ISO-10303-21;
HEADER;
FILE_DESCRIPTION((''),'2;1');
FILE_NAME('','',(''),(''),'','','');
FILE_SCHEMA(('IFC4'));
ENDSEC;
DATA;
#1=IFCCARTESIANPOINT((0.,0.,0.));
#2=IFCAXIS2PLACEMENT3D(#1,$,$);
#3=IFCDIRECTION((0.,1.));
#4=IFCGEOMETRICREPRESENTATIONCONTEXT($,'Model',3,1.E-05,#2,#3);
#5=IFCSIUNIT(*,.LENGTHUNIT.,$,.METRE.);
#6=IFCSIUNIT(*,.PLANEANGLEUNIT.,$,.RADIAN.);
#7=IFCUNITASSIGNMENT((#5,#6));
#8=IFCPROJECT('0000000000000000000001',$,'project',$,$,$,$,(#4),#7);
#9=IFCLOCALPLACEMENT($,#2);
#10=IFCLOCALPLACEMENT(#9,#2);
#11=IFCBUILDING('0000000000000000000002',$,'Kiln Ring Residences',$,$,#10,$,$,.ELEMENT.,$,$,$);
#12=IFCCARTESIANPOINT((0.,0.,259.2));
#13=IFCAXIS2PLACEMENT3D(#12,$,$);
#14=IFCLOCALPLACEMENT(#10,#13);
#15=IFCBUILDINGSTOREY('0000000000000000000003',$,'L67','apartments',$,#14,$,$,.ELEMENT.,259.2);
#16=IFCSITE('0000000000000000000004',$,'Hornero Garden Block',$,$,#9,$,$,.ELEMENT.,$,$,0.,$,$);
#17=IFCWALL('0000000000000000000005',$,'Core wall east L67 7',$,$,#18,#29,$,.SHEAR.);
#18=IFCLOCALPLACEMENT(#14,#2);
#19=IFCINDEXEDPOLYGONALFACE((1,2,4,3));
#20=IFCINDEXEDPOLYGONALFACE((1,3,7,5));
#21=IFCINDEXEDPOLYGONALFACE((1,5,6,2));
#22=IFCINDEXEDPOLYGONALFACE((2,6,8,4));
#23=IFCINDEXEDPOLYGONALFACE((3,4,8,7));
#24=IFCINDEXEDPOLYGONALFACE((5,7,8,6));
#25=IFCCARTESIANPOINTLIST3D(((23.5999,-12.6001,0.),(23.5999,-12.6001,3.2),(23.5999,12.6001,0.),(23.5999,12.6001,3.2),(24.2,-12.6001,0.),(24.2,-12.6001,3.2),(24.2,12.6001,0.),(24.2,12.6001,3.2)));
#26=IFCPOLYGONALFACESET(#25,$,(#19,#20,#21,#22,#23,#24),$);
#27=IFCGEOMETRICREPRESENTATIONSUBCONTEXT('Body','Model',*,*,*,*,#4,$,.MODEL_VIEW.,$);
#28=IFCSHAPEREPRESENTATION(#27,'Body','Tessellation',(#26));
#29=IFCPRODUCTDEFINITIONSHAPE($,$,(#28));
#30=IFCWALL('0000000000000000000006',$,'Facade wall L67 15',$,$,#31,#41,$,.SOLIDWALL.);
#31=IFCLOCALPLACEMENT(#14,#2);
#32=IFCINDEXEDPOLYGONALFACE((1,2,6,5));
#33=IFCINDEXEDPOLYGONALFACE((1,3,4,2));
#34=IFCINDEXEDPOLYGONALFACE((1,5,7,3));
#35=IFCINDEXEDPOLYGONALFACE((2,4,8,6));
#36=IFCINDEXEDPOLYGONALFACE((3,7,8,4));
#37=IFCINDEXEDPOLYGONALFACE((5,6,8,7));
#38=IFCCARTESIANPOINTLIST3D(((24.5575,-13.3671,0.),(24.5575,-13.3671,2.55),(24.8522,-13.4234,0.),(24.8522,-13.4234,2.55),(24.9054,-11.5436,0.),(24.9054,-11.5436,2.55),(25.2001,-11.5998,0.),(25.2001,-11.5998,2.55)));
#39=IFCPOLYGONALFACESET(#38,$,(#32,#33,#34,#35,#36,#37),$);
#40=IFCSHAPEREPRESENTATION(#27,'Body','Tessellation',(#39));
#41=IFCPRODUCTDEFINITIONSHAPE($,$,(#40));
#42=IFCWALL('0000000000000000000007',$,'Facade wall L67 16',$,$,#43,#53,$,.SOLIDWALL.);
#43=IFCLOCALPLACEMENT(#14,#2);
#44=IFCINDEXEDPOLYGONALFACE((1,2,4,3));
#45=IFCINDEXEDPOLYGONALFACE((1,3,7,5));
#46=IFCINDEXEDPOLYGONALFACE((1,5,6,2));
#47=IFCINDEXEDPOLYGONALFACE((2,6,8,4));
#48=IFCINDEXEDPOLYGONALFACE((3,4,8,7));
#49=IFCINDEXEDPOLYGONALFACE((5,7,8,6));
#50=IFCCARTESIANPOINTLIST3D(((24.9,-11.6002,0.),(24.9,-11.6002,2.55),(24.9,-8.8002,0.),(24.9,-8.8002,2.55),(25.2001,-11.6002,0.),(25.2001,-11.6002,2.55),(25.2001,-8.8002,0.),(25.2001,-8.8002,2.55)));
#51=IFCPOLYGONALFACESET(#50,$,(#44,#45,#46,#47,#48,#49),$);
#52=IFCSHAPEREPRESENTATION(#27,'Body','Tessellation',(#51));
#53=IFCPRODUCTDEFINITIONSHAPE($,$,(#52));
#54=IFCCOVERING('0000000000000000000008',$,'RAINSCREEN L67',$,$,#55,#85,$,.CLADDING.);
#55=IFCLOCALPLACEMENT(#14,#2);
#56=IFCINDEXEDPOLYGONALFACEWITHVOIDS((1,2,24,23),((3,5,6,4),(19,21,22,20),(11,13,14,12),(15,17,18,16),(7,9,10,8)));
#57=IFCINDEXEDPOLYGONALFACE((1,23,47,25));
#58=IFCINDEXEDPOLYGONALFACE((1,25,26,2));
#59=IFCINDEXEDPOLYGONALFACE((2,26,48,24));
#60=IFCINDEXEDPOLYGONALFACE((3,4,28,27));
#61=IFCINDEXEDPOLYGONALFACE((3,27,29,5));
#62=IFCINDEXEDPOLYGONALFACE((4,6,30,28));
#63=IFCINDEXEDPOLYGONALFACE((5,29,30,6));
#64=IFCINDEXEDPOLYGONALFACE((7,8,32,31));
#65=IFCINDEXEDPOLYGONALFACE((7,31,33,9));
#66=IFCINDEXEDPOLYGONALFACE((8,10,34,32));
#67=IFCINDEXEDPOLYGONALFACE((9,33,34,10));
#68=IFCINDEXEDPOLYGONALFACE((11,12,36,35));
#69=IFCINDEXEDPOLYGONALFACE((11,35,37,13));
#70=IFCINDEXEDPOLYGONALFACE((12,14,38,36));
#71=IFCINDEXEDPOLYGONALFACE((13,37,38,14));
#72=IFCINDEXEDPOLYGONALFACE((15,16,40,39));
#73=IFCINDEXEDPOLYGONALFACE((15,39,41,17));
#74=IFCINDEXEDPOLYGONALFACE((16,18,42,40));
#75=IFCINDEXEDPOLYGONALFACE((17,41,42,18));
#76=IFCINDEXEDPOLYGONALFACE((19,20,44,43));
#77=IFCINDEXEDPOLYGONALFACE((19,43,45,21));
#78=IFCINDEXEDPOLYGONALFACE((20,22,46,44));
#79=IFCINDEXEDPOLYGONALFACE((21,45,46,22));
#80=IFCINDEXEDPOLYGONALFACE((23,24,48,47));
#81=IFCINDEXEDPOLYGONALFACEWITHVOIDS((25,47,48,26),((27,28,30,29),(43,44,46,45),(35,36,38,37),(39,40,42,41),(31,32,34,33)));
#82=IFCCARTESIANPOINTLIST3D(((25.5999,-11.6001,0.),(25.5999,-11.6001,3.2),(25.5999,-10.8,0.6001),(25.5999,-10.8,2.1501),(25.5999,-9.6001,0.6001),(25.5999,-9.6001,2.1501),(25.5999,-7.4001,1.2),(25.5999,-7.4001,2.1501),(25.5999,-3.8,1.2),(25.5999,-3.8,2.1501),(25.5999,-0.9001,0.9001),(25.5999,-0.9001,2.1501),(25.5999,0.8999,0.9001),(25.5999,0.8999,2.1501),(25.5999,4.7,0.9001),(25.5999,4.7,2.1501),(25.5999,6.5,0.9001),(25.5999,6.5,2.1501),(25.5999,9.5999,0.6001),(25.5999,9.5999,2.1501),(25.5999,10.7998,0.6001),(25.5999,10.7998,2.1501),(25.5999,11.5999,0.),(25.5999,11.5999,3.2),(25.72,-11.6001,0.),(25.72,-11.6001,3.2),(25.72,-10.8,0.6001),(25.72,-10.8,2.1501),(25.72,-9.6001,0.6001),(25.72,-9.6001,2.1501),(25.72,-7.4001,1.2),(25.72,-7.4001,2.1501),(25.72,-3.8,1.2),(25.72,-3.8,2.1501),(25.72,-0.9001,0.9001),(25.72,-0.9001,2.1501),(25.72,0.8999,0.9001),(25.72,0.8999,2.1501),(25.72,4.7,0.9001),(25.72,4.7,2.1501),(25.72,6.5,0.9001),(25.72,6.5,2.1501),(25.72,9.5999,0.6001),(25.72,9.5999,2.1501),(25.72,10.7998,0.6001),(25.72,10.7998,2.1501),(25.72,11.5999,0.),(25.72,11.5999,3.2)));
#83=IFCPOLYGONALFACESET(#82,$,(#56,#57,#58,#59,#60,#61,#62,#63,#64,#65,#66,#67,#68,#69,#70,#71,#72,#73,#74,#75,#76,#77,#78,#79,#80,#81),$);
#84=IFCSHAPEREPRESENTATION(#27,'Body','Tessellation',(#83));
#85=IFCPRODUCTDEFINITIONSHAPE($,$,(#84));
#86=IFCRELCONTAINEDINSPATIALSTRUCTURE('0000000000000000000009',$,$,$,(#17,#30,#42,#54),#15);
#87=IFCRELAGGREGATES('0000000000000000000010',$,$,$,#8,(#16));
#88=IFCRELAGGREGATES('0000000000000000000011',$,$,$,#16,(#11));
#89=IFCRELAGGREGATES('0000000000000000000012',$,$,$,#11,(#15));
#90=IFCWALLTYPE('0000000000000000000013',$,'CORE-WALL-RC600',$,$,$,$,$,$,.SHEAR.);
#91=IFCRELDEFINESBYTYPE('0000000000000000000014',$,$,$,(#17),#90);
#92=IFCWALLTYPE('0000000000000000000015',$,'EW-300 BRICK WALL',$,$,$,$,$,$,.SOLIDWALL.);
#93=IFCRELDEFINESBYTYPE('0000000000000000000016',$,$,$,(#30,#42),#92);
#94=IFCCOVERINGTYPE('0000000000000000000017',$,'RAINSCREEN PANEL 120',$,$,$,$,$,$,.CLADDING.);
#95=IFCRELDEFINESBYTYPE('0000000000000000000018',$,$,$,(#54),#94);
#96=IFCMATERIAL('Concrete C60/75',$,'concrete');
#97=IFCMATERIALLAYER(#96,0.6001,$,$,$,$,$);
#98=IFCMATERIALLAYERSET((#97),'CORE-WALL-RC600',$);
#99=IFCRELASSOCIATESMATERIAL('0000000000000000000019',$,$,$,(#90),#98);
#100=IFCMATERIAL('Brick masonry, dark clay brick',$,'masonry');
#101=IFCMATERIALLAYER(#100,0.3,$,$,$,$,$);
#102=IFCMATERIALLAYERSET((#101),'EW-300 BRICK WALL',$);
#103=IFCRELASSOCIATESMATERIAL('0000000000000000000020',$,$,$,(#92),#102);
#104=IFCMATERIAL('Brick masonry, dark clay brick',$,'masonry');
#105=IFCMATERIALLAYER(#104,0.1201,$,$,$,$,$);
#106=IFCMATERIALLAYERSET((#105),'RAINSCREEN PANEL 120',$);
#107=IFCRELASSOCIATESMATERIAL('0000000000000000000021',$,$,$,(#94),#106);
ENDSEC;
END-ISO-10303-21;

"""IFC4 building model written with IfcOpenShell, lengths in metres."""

from ifc_helpers import new_model, si_unit, direction, frame, frame_2d, origin, place, context, subcontext, project, spatial, polyline, rectangle, outline, extrude, material, layer, layer_set, type_object, element, save


model = new_model("IFC4")

# Units and contexts
model_context = context("Model", 3, precision=1e-05, world=origin(), true_north=direction((0.0, 1.0)))
body_context = subcontext(model_context, "Body", "Model", "MODEL_VIEW")
ifc_project = project(units=[si_unit("LENGTHUNIT", "METRE"), si_unit("PLANEANGLEUNIT", "RADIAN")], contexts=[model_context])

# Site, building, storey
site_placement = place(None, origin())
site = spatial("IfcSite", under=ifc_project, at=site_placement, Name="Hornero Garden Block", CompositionType="ELEMENT", RefElevation=0.0)
building_placement = place(site_placement, origin())
building = spatial("IfcBuilding", under=site, at=building_placement, Name="Kiln Ring Residences", CompositionType="ELEMENT")
storey_placement = place(building_placement, frame((0.0, 0.0, 259.2)))
storey = spatial("IfcBuildingStorey", under=building, at=storey_placement, Name="L67", Description="apartments", CompositionType="ELEMENT", Elevation=259.2)

# Walls
ifc_material_1 = material(Name="Concrete C60/75", Category="concrete")
ifc_layer_1 = layer(ifc_material_1, 0.6001)
ifc_layer_set_1 = layer_set([ifc_layer_1], Name="CORE-WALL-RC600")
wall_type_1 = type_object("IfcWallType", Name="CORE-WALL-RC600", PredefinedType="SHEAR", material=ifc_layer_set_1)
wall_1_placement = place(storey_placement, frame((23.8999, -12.6001, 0.0), z_axis=(0.0, 0.0, 1.0), x_axis=(0.0, 1.0, 0.0)))
element("IfcWall", 1, at=wall_1_placement, inside=storey, type_object=wall_type_1, Name="Core wall east L67 7", PredefinedType="SHEAR", context=body_context, shape_type="SweptSolid", body=[
    extrude(rectangle(XDim=25.2002, YDim=0.6001, at=frame_2d((12.6001, 0.0))), origin(), (0.0, 0.0, 1.0), 3.2),
])
ifc_material_2 = material(Name="Brick masonry, dark clay brick", Category="masonry")
ifc_layer_2 = layer(ifc_material_2, 0.3)
ifc_layer_set_2 = layer_set([ifc_layer_2], Name="EW-300 BRICK WALL")
wall_type_2 = type_object("IfcWallType", Name="EW-300 BRICK WALL", PredefinedType="SOLIDWALL", material=ifc_layer_set_2)
wall_2_placement = place(storey_placement, frame((24.7048, -13.3953, 0.0), z_axis=(0.0, 0.0, 1.0), x_axis=(0.187408, 0.982282, 0.0)))
element("IfcWall", 2, at=wall_2_placement, inside=storey, type_object=wall_type_2, Name="Facade wall L67 15", PredefinedType="SOLIDWALL", context=body_context, shape_type="SweptSolid", body=[
    extrude(rectangle(XDim=1.8564, YDim=0.3, at=frame_2d((0.9282, 0.0))), origin(), (0.0, 0.0, 1.0), 2.55),
])
wall_3_placement = place(storey_placement, frame((25.05, -11.6001, 0.0), z_axis=(0.0, 0.0, 1.0), x_axis=(0.0, 1.0, 0.0)))
element("IfcWall", 3, at=wall_3_placement, inside=storey, type_object=wall_type_2, Name="Facade wall L67 16", PredefinedType="SOLIDWALL", context=body_context, shape_type="SweptSolid", body=[
    extrude(rectangle(XDim=2.8, YDim=0.3, at=frame_2d((1.3999, 0.0))), origin(), (0.0, 0.0, 1.0), 2.55),
])

# Covering
ifc_material_3 = material(Name="Brick masonry, dark clay brick", Category="masonry")
ifc_layer_3 = layer(ifc_material_3, 0.1201)
ifc_layer_set_3 = layer_set([ifc_layer_3], Name="RAINSCREEN PANEL 120")
covering_type = type_object("IfcCoveringType", Name="RAINSCREEN PANEL 120", PredefinedType="CLADDING", material=ifc_layer_set_3)
covering_placement = place(storey_placement, frame((25.6599, -11.6001, 0.0), z_axis=(0.0, 0.0, 1.0), x_axis=(0.0, 1.0, 0.0)))
element("IfcCovering", 4, at=covering_placement, inside=storey, type_object=covering_type, Name="RAINSCREEN L67", PredefinedType="CLADDING", context=body_context, shape_type="SweptSolid", body=[
    extrude(outline(polyline([(0.0, 0.0), (23.2, 0.0), (23.2, 3.2), (0.0, 3.2), (0.0, 0.0)]), holes=[polyline([(2.0, 0.6001), (2.0, 2.1501), (0.8, 2.1501), (0.8, 0.6001), (2.0, 0.6001)]), polyline([(22.3999, 0.6001), (22.3999, 2.1501), (21.2, 2.1501), (21.2, 0.6001), (22.3999, 0.6001)]), polyline([(12.5, 0.9001), (12.5, 2.1501), (10.7, 2.1501), (10.7, 0.9001), (12.5, 0.9001)]), polyline([(16.3, 0.9001), (18.1001, 0.9001), (18.1001, 2.1501), (16.3, 2.1501), (16.3, 0.9001)]), polyline([(4.2, 1.2), (7.8, 1.2), (7.8, 2.1501), (4.2, 2.1501), (4.2, 1.2)])]), frame((0.0, 0.0601, 0.0), z_axis=(0.0, -1.0, 0.0), x_axis=(1.0, 0.0, 0.0)), (0.0, 0.0, 1.0), 0.1201),
])

save(model, "model.ifc")
